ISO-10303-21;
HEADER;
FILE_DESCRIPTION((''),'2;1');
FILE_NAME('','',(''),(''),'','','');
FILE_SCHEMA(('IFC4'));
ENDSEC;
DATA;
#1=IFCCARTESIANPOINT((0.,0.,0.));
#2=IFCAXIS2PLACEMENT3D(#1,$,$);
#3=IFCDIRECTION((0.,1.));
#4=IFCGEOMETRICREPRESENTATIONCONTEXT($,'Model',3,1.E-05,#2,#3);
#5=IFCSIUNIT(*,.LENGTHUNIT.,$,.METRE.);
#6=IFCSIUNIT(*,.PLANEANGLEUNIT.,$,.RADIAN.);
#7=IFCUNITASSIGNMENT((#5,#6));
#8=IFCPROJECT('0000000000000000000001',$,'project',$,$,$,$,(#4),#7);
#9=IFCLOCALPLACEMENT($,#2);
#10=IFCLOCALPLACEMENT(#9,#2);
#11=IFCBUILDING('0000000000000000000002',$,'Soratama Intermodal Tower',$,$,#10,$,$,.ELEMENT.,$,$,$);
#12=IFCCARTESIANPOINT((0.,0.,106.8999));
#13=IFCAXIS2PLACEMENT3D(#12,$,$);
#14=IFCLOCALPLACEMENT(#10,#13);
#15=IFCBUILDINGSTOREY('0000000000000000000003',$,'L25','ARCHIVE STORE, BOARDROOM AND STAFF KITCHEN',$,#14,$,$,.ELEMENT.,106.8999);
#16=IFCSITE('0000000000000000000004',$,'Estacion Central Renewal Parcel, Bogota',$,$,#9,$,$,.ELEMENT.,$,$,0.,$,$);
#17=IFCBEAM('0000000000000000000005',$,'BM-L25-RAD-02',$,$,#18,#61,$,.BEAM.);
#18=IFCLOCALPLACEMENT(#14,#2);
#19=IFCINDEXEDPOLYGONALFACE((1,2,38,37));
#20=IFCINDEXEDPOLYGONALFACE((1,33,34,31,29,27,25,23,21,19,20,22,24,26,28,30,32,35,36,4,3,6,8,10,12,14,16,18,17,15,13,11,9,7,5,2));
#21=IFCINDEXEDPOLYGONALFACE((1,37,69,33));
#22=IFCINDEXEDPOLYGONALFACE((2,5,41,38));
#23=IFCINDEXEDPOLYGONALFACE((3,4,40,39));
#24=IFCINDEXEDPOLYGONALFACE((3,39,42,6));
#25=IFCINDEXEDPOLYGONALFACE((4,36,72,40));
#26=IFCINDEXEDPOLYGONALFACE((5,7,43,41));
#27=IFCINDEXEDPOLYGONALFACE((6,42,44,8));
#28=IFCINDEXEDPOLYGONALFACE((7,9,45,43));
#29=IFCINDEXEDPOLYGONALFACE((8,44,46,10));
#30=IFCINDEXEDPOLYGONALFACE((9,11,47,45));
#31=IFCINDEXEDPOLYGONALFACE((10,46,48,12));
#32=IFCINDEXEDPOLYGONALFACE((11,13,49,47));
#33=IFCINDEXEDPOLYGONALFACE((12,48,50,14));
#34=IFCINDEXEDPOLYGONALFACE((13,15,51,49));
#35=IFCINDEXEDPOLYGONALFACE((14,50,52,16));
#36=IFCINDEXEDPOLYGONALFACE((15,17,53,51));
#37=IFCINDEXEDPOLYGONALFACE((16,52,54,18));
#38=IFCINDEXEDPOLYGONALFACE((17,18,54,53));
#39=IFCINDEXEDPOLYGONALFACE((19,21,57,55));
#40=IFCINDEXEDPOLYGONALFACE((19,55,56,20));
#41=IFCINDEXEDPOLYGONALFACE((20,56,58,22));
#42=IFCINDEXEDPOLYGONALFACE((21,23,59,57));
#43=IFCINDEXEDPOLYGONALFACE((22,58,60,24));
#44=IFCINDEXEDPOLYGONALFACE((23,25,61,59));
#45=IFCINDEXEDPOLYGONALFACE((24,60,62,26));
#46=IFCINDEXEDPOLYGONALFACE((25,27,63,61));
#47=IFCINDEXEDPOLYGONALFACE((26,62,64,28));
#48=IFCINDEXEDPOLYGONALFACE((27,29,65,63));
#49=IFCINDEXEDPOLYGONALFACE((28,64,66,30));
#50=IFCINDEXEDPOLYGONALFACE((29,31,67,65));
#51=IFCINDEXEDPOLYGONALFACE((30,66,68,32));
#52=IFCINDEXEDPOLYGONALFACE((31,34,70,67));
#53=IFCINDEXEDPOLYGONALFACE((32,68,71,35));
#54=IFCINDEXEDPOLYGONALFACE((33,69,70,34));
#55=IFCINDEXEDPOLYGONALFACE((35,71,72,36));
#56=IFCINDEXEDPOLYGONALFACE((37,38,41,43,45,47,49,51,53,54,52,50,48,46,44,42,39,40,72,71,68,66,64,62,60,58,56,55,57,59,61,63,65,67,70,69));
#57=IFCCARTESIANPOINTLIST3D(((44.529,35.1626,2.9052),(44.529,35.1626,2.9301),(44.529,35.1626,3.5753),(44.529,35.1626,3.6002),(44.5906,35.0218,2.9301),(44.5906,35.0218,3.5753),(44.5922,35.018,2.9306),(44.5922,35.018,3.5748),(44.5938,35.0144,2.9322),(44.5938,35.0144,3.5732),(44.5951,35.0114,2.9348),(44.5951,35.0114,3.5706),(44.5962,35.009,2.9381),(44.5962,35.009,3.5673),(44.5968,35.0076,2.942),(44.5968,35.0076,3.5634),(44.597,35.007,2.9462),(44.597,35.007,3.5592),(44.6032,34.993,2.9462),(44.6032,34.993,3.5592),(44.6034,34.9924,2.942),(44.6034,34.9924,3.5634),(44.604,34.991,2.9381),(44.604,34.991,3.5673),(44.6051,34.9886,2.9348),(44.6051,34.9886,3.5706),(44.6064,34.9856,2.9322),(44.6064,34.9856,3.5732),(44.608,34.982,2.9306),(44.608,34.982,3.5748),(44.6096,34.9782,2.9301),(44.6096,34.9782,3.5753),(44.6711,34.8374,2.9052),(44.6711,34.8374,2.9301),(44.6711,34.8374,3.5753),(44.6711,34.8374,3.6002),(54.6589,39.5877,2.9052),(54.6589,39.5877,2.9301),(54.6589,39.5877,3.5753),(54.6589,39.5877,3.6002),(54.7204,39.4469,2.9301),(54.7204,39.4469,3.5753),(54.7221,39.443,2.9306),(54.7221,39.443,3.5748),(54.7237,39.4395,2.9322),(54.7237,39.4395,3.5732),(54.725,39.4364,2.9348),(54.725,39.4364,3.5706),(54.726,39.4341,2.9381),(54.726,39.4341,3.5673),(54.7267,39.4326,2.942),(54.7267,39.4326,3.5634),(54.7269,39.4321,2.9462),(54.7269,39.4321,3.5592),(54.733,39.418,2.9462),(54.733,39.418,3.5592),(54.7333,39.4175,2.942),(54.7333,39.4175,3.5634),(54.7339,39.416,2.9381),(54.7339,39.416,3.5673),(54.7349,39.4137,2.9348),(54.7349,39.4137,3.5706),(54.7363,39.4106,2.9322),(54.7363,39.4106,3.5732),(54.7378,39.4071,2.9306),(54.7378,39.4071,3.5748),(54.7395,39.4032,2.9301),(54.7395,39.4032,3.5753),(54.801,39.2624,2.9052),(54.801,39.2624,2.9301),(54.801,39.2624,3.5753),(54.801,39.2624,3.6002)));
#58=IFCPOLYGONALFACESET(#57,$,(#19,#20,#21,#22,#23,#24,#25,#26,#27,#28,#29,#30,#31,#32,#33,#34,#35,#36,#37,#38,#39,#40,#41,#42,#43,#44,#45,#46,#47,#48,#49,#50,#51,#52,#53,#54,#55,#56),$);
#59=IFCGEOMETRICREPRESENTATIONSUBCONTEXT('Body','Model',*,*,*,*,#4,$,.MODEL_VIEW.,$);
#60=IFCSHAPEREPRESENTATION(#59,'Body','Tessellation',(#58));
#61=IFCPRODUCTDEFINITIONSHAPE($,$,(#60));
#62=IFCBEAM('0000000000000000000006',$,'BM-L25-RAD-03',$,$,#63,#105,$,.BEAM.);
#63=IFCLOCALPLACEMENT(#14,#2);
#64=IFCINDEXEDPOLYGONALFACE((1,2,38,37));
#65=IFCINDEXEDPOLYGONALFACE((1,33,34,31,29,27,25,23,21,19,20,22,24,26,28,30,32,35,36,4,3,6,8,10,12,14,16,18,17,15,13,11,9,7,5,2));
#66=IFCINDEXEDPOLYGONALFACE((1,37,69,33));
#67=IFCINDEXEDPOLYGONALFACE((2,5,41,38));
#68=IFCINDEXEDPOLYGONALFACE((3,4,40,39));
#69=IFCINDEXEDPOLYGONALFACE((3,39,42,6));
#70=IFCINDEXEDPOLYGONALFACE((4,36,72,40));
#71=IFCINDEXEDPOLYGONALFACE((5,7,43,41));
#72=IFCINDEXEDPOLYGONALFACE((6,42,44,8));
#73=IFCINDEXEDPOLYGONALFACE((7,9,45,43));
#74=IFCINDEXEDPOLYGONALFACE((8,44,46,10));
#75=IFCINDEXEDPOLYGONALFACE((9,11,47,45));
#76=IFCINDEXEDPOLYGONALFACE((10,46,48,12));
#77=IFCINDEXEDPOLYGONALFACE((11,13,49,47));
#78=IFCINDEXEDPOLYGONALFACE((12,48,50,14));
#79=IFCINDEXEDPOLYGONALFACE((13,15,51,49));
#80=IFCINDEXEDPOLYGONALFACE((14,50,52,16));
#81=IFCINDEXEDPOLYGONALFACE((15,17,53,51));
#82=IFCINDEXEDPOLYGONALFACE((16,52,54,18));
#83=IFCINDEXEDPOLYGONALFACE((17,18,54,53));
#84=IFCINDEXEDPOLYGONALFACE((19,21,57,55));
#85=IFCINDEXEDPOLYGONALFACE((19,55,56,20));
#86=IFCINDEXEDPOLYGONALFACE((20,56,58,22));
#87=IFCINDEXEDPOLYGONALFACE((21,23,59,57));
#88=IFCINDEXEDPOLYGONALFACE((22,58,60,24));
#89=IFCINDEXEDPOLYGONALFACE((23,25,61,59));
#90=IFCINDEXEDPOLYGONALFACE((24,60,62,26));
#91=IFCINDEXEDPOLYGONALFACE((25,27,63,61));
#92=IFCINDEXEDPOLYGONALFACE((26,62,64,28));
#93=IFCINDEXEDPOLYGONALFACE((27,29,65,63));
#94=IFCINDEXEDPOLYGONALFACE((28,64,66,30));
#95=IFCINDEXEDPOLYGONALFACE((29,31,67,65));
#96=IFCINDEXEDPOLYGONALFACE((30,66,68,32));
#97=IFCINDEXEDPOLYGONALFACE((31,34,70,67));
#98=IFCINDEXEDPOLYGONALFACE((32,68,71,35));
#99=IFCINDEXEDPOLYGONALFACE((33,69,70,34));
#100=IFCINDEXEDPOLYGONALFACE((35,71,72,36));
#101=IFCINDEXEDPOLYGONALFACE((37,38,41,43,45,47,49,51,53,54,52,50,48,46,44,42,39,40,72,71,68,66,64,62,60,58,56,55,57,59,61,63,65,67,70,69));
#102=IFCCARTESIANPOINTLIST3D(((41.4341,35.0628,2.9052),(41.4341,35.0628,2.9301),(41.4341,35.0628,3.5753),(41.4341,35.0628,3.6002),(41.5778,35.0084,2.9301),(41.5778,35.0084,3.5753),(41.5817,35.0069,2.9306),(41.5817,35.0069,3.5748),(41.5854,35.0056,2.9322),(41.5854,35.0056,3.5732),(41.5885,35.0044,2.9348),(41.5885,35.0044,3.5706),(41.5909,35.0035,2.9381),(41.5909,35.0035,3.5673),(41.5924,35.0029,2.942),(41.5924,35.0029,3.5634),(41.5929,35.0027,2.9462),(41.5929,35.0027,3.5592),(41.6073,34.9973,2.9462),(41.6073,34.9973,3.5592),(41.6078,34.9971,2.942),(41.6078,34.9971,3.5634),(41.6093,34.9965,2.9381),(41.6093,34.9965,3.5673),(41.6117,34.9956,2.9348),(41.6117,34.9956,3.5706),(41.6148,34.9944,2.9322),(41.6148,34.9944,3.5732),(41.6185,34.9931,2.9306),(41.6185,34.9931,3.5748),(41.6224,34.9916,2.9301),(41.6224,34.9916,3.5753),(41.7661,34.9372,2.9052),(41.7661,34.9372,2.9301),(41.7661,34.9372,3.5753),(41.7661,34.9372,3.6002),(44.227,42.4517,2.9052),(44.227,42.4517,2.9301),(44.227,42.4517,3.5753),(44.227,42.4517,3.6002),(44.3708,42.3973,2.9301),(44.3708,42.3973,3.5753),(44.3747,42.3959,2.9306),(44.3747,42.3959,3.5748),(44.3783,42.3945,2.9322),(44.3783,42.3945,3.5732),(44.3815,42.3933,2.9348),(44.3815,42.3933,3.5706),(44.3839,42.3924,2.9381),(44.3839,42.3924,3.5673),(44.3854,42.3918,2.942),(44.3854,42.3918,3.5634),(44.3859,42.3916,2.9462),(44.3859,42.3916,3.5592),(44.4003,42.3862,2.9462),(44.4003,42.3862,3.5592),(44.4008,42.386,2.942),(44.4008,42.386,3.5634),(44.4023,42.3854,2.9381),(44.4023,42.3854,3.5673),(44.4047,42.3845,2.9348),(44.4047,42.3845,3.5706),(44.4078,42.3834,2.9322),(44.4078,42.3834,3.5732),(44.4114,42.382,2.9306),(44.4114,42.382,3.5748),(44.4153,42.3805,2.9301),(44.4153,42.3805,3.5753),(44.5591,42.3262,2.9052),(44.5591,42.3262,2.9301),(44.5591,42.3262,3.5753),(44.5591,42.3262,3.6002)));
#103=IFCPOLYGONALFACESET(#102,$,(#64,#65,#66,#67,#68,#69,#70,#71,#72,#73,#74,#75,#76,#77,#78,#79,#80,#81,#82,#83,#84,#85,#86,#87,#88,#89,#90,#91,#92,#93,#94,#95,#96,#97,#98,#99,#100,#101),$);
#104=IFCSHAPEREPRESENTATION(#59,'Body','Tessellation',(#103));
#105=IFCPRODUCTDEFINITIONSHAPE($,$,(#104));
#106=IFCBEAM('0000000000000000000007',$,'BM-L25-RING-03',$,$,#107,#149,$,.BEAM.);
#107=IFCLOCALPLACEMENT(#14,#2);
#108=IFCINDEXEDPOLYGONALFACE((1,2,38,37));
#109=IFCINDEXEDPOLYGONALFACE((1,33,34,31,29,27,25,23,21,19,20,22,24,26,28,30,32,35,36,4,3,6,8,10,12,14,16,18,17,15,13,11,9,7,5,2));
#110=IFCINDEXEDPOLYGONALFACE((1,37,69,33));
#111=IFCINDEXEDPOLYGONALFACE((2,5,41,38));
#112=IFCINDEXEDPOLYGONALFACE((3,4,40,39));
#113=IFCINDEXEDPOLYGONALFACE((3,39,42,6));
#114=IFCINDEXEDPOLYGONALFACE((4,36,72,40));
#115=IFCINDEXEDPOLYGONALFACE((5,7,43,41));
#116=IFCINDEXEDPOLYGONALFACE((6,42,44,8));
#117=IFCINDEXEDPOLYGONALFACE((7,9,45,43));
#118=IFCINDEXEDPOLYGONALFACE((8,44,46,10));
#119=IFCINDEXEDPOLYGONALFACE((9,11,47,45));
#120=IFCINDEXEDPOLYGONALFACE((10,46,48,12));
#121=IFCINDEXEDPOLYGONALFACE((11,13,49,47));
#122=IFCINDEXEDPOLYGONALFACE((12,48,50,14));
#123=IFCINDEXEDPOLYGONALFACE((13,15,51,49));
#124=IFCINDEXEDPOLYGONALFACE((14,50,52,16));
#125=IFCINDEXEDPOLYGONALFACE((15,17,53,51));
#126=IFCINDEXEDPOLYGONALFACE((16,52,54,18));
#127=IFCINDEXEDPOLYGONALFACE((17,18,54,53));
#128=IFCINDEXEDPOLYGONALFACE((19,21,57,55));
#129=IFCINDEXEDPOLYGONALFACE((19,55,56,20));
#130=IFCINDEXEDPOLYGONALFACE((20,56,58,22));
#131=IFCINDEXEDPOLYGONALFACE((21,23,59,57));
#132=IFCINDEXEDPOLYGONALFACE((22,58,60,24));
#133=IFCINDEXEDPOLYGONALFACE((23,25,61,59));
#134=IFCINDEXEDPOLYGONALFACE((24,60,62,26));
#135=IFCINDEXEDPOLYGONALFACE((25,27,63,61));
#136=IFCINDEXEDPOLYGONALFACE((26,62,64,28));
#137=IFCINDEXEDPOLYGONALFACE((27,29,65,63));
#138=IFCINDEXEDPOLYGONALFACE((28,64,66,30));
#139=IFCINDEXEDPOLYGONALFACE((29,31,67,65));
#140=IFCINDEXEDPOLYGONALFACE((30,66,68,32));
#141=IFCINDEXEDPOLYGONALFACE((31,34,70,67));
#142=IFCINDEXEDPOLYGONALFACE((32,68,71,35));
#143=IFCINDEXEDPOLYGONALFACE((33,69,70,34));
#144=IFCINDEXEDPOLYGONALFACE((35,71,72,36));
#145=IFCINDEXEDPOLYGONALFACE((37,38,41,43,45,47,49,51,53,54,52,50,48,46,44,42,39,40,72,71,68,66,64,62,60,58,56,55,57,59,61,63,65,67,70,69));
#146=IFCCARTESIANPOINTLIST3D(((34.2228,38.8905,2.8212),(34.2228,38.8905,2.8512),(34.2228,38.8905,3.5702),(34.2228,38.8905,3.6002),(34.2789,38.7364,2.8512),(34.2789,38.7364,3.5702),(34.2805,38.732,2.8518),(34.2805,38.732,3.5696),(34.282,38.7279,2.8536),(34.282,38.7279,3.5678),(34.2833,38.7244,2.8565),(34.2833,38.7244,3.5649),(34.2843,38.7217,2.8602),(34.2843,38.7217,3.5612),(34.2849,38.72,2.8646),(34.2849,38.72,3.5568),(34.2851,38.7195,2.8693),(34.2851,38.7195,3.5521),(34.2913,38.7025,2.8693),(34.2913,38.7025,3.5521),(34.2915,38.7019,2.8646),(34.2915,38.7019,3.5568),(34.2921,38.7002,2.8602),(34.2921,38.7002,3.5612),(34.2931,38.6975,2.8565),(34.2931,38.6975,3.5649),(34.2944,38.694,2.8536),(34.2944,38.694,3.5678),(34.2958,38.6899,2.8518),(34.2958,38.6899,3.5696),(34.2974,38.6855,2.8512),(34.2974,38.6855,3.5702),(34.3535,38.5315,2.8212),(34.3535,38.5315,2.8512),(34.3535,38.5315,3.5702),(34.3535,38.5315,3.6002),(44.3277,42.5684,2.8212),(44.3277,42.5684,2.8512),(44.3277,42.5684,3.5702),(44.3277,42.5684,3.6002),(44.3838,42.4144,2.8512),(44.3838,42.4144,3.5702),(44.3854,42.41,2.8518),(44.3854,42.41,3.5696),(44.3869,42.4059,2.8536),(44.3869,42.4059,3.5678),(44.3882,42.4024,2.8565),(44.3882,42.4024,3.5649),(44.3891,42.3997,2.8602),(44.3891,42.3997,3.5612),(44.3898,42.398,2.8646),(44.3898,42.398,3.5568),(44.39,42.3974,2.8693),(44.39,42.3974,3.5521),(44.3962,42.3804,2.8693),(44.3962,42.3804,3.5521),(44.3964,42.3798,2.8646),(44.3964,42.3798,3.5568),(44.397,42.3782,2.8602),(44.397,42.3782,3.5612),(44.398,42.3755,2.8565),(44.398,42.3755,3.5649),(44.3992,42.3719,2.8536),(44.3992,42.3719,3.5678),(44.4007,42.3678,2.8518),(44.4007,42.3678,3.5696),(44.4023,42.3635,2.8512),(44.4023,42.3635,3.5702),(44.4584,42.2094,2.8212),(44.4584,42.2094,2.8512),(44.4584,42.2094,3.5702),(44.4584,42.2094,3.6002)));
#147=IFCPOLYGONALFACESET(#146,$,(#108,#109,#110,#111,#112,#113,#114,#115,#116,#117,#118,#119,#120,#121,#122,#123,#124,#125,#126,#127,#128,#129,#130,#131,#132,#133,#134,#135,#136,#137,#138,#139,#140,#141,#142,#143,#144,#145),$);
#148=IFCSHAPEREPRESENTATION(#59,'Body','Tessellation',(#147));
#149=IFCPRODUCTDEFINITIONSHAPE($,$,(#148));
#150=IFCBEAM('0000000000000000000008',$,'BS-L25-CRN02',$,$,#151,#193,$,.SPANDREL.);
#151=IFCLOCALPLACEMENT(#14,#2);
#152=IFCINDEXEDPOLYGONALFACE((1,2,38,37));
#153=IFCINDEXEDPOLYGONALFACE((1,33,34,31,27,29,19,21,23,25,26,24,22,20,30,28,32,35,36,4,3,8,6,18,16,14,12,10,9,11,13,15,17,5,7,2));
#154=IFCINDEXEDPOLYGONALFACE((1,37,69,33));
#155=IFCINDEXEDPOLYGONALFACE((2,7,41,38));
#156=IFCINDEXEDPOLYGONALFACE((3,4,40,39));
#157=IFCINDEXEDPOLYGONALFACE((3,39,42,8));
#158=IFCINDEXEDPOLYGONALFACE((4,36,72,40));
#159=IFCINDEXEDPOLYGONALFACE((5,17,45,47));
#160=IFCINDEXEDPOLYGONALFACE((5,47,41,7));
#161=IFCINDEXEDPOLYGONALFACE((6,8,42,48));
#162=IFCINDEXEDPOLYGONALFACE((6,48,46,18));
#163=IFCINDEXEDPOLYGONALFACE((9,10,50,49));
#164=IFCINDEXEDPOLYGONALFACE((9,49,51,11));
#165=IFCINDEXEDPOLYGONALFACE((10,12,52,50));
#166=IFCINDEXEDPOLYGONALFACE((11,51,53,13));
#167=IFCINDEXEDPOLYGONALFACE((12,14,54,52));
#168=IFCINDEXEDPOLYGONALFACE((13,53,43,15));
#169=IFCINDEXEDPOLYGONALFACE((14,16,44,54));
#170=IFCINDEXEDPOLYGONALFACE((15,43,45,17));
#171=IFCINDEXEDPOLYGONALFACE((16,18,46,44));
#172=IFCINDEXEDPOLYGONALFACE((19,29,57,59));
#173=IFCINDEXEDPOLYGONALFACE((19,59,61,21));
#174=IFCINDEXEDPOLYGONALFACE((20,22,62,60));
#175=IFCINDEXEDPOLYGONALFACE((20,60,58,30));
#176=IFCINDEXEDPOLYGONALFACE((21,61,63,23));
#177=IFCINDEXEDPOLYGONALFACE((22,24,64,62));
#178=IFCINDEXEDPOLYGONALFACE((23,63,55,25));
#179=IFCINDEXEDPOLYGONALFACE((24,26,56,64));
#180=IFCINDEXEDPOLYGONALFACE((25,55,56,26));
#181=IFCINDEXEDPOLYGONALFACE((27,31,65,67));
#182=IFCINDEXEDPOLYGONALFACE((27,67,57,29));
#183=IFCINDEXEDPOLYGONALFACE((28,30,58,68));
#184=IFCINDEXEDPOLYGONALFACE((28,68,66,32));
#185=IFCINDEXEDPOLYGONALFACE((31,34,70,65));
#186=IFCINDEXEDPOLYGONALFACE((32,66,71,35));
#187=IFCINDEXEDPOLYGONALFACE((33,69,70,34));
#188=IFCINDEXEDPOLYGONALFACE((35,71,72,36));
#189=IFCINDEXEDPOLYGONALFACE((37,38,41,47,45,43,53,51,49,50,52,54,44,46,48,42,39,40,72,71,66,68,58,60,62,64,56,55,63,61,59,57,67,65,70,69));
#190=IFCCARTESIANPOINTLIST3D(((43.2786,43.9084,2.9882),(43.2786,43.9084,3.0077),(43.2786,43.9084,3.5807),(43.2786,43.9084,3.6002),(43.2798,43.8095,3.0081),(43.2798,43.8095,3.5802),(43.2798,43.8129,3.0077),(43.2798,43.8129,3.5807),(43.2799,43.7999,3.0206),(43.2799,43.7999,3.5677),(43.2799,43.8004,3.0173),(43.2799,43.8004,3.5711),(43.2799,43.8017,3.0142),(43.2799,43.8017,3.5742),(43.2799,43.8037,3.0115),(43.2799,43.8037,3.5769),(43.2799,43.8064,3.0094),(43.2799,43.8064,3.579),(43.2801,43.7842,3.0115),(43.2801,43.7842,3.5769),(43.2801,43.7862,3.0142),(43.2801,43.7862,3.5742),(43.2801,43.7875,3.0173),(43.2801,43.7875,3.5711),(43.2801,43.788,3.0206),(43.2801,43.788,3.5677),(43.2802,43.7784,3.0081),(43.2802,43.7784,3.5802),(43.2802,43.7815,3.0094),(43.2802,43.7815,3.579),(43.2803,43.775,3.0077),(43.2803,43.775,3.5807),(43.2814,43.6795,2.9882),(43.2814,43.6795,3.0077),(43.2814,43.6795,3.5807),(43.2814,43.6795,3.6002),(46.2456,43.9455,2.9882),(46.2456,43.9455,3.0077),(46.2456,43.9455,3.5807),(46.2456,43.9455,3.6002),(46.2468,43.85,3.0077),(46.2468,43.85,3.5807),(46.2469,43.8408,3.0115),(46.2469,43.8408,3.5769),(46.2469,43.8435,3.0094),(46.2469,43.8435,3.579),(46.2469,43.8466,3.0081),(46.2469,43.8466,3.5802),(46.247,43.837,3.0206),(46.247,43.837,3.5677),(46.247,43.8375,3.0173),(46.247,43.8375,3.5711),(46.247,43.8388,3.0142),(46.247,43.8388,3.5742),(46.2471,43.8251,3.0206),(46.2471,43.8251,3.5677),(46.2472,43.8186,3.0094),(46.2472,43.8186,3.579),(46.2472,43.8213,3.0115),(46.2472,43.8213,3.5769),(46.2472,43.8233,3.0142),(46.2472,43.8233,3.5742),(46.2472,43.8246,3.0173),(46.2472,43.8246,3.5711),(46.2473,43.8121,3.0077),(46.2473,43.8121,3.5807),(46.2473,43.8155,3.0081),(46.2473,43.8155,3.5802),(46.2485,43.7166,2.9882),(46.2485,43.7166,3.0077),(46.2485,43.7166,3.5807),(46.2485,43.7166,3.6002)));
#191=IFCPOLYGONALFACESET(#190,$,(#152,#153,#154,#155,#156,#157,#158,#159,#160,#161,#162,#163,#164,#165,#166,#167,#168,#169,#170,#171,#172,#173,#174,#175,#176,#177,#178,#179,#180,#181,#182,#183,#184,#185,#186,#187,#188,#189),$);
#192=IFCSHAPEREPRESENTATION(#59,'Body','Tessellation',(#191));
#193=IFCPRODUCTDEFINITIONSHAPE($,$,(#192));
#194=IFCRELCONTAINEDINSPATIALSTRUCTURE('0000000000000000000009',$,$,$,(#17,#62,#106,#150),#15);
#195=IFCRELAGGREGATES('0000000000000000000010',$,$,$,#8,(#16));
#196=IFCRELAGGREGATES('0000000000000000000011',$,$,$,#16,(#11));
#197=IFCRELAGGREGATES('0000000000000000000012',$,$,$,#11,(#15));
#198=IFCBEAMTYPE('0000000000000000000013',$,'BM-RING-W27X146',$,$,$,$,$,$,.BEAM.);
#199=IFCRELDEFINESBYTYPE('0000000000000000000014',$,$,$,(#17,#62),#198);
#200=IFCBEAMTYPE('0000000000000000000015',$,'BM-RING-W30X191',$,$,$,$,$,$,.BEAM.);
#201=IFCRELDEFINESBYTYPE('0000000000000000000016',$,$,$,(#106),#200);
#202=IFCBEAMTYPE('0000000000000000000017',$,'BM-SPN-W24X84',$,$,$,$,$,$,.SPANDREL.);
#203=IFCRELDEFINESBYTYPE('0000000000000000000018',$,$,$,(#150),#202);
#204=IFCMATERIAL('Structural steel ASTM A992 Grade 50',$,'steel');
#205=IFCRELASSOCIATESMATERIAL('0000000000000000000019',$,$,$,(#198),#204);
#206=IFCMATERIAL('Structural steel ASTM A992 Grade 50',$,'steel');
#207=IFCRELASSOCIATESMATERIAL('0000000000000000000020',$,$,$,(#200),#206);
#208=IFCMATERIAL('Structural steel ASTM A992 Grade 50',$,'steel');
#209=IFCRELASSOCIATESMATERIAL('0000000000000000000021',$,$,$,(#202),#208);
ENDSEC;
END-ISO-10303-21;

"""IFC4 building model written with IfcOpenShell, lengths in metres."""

from ifc_helpers import new_model, si_unit, direction, frame, origin, origin_2d, place, context, subcontext, project, spatial, i_section, extrude, material, material_profile, profile_set, type_object, element, save


model = new_model("IFC4")

# Units and contexts
model_context = context("Model", 3, precision=1e-05, world=origin(), true_north=direction((0.0, 1.0)))
body_context = subcontext(model_context, "Body", "Model", "MODEL_VIEW")
ifc_project = project(units=[si_unit("LENGTHUNIT", "METRE"), si_unit("PLANEANGLEUNIT", "RADIAN")], contexts=[model_context])

# Site, building, storey
site_placement = place(None, origin())
site = spatial("IfcSite", under=ifc_project, at=site_placement, Name="Estacion Central Renewal Parcel, Bogota", CompositionType="ELEMENT", RefElevation=0.0)
building_placement = place(site_placement, origin())
building = spatial("IfcBuilding", under=site, at=building_placement, Name="Soratama Intermodal Tower", CompositionType="ELEMENT")
storey_placement = place(building_placement, frame((0.0, 0.0, 106.8999)))
storey = spatial("IfcBuildingStorey", under=building, at=storey_placement, Name="L25", Description="ARCHIVE STORE, BOARDROOM AND STAFF KITCHEN", CompositionType="ELEMENT", Elevation=106.8999)

# Beams
ifc_material_1 = material(Name="Structural steel ASTM A992 Grade 50", Category="steel")
ifc_material_profile_1 = material_profile(ifc_material_1, i_section(OverallWidth=0.355, OverallDepth=0.6951, WebThickness=0.0154, FlangeThickness=0.0249, FilletRadius=0.0161, at=origin_2d()), Name="W27X146")
ifc_profile_set_1 = profile_set([ifc_material_profile_1], Name="Structural steel ASTM A992 Grade 50")
beam_type_1 = type_object("IfcBeamType", Name="BM-RING-W27X146", PredefinedType="BEAM", material=ifc_profile_set_1)
beam_1_placement = place(storey_placement, frame((44.6001, 35.0, 3.2527), z_axis=(0.916382, 0.400304, 0.0), x_axis=(-0.400304, 0.916382, 0.0)))
element("IfcBeam", 1, at=beam_1_placement, inside=storey, type_object=beam_type_1, Name="BM-L25-RAD-02", PredefinedType="BEAM", context=body_context, shape_type="SweptSolid", body=[
    extrude(i_section(OverallWidth=0.355, OverallDepth=0.6951, WebThickness=0.0154, FlangeThickness=0.0249, FilletRadius=0.0161, at=origin_2d()), origin(), (0.0, 0.0, 1.0), 11.0542),
])
beam_2_placement = place(storey_placement, frame((41.6001, 35.0, 3.2527), z_axis=(0.353578, 0.935405, 0.0), x_axis=(-0.935405, 0.353578, 0.0)))
element("IfcBeam", 2, at=beam_2_placement, inside=storey, type_object=beam_type_1, Name="BM-L25-RAD-03", PredefinedType="BEAM", context=body_context, shape_type="SweptSolid", body=[
    extrude(i_section(OverallWidth=0.355, OverallDepth=0.6951, WebThickness=0.0154, FlangeThickness=0.0249, FilletRadius=0.0161, at=origin_2d()), origin(), (0.0, 0.0, 1.0), 7.8992),
])
ifc_material_2 = material(Name="Structural steel ASTM A992 Grade 50", Category="steel")
ifc_material_profile_2 = material_profile(ifc_material_2, i_section(OverallWidth=0.3821, OverallDepth=0.7791, WebThickness=0.0181, FlangeThickness=0.03, FilletRadius=0.0181, at=origin_2d()), Name="W30X191")
ifc_profile_set_2 = profile_set([ifc_material_profile_2], Name="Structural steel ASTM A992 Grade 50")
beam_type_2 = type_object("IfcBeamType", Name="BM-RING-W30X191", PredefinedType="BEAM", material=ifc_profile_set_2)
beam_3_placement = place(storey_placement, frame((44.3931, 42.3889, 3.2107), z_axis=(-0.939691, -0.342026, 0.0), x_axis=(0.342026, -0.939691, 0.0)))
element("IfcBeam", 3, at=beam_3_placement, inside=storey, type_object=beam_type_2, Name="BM-L25-RING-03", PredefinedType="BEAM", context=body_context, shape_type="SweptSolid", body=[
    extrude(i_section(OverallWidth=0.3821, OverallDepth=0.7791, WebThickness=0.0181, FlangeThickness=0.03, FilletRadius=0.0181, at=origin_2d()), origin(), (0.0, 0.0, 1.0), 10.7534),
])
ifc_material_3 = material(Name="Structural steel ASTM A992 Grade 50", Category="steel")
ifc_material_profile_3 = material_profile(ifc_material_3, i_section(OverallWidth=0.229, OverallDepth=0.6121, WebThickness=0.012, FlangeThickness=0.0195, FilletRadius=0.0129, at=origin_2d()), Name="W24X84")
ifc_profile_set_3 = profile_set([ifc_material_profile_3], Name="Structural steel ASTM A992 Grade 50")
beam_type_3 = type_object("IfcBeamType", Name="BM-SPN-W24X84", PredefinedType="SPANDREL", material=ifc_profile_set_3)
beam_4_placement = place(storey_placement, frame((46.2471, 43.8311, 3.2942), z_axis=(-0.999922, -0.012506, 0.0), x_axis=(0.012506, -0.999922, 0.0)))
element("IfcBeam", 4, at=beam_4_placement, inside=storey, type_object=beam_type_3, Name="BS-L25-CRN02", PredefinedType="SPANDREL", context=body_context, shape_type="SweptSolid", body=[
    extrude(i_section(OverallWidth=0.229, OverallDepth=0.6121, WebThickness=0.012, FlangeThickness=0.0195, FilletRadius=0.0129, at=origin_2d()), origin(), (0.0, 0.0, 1.0), 2.9673),
])

save(model, "model.ifc")
